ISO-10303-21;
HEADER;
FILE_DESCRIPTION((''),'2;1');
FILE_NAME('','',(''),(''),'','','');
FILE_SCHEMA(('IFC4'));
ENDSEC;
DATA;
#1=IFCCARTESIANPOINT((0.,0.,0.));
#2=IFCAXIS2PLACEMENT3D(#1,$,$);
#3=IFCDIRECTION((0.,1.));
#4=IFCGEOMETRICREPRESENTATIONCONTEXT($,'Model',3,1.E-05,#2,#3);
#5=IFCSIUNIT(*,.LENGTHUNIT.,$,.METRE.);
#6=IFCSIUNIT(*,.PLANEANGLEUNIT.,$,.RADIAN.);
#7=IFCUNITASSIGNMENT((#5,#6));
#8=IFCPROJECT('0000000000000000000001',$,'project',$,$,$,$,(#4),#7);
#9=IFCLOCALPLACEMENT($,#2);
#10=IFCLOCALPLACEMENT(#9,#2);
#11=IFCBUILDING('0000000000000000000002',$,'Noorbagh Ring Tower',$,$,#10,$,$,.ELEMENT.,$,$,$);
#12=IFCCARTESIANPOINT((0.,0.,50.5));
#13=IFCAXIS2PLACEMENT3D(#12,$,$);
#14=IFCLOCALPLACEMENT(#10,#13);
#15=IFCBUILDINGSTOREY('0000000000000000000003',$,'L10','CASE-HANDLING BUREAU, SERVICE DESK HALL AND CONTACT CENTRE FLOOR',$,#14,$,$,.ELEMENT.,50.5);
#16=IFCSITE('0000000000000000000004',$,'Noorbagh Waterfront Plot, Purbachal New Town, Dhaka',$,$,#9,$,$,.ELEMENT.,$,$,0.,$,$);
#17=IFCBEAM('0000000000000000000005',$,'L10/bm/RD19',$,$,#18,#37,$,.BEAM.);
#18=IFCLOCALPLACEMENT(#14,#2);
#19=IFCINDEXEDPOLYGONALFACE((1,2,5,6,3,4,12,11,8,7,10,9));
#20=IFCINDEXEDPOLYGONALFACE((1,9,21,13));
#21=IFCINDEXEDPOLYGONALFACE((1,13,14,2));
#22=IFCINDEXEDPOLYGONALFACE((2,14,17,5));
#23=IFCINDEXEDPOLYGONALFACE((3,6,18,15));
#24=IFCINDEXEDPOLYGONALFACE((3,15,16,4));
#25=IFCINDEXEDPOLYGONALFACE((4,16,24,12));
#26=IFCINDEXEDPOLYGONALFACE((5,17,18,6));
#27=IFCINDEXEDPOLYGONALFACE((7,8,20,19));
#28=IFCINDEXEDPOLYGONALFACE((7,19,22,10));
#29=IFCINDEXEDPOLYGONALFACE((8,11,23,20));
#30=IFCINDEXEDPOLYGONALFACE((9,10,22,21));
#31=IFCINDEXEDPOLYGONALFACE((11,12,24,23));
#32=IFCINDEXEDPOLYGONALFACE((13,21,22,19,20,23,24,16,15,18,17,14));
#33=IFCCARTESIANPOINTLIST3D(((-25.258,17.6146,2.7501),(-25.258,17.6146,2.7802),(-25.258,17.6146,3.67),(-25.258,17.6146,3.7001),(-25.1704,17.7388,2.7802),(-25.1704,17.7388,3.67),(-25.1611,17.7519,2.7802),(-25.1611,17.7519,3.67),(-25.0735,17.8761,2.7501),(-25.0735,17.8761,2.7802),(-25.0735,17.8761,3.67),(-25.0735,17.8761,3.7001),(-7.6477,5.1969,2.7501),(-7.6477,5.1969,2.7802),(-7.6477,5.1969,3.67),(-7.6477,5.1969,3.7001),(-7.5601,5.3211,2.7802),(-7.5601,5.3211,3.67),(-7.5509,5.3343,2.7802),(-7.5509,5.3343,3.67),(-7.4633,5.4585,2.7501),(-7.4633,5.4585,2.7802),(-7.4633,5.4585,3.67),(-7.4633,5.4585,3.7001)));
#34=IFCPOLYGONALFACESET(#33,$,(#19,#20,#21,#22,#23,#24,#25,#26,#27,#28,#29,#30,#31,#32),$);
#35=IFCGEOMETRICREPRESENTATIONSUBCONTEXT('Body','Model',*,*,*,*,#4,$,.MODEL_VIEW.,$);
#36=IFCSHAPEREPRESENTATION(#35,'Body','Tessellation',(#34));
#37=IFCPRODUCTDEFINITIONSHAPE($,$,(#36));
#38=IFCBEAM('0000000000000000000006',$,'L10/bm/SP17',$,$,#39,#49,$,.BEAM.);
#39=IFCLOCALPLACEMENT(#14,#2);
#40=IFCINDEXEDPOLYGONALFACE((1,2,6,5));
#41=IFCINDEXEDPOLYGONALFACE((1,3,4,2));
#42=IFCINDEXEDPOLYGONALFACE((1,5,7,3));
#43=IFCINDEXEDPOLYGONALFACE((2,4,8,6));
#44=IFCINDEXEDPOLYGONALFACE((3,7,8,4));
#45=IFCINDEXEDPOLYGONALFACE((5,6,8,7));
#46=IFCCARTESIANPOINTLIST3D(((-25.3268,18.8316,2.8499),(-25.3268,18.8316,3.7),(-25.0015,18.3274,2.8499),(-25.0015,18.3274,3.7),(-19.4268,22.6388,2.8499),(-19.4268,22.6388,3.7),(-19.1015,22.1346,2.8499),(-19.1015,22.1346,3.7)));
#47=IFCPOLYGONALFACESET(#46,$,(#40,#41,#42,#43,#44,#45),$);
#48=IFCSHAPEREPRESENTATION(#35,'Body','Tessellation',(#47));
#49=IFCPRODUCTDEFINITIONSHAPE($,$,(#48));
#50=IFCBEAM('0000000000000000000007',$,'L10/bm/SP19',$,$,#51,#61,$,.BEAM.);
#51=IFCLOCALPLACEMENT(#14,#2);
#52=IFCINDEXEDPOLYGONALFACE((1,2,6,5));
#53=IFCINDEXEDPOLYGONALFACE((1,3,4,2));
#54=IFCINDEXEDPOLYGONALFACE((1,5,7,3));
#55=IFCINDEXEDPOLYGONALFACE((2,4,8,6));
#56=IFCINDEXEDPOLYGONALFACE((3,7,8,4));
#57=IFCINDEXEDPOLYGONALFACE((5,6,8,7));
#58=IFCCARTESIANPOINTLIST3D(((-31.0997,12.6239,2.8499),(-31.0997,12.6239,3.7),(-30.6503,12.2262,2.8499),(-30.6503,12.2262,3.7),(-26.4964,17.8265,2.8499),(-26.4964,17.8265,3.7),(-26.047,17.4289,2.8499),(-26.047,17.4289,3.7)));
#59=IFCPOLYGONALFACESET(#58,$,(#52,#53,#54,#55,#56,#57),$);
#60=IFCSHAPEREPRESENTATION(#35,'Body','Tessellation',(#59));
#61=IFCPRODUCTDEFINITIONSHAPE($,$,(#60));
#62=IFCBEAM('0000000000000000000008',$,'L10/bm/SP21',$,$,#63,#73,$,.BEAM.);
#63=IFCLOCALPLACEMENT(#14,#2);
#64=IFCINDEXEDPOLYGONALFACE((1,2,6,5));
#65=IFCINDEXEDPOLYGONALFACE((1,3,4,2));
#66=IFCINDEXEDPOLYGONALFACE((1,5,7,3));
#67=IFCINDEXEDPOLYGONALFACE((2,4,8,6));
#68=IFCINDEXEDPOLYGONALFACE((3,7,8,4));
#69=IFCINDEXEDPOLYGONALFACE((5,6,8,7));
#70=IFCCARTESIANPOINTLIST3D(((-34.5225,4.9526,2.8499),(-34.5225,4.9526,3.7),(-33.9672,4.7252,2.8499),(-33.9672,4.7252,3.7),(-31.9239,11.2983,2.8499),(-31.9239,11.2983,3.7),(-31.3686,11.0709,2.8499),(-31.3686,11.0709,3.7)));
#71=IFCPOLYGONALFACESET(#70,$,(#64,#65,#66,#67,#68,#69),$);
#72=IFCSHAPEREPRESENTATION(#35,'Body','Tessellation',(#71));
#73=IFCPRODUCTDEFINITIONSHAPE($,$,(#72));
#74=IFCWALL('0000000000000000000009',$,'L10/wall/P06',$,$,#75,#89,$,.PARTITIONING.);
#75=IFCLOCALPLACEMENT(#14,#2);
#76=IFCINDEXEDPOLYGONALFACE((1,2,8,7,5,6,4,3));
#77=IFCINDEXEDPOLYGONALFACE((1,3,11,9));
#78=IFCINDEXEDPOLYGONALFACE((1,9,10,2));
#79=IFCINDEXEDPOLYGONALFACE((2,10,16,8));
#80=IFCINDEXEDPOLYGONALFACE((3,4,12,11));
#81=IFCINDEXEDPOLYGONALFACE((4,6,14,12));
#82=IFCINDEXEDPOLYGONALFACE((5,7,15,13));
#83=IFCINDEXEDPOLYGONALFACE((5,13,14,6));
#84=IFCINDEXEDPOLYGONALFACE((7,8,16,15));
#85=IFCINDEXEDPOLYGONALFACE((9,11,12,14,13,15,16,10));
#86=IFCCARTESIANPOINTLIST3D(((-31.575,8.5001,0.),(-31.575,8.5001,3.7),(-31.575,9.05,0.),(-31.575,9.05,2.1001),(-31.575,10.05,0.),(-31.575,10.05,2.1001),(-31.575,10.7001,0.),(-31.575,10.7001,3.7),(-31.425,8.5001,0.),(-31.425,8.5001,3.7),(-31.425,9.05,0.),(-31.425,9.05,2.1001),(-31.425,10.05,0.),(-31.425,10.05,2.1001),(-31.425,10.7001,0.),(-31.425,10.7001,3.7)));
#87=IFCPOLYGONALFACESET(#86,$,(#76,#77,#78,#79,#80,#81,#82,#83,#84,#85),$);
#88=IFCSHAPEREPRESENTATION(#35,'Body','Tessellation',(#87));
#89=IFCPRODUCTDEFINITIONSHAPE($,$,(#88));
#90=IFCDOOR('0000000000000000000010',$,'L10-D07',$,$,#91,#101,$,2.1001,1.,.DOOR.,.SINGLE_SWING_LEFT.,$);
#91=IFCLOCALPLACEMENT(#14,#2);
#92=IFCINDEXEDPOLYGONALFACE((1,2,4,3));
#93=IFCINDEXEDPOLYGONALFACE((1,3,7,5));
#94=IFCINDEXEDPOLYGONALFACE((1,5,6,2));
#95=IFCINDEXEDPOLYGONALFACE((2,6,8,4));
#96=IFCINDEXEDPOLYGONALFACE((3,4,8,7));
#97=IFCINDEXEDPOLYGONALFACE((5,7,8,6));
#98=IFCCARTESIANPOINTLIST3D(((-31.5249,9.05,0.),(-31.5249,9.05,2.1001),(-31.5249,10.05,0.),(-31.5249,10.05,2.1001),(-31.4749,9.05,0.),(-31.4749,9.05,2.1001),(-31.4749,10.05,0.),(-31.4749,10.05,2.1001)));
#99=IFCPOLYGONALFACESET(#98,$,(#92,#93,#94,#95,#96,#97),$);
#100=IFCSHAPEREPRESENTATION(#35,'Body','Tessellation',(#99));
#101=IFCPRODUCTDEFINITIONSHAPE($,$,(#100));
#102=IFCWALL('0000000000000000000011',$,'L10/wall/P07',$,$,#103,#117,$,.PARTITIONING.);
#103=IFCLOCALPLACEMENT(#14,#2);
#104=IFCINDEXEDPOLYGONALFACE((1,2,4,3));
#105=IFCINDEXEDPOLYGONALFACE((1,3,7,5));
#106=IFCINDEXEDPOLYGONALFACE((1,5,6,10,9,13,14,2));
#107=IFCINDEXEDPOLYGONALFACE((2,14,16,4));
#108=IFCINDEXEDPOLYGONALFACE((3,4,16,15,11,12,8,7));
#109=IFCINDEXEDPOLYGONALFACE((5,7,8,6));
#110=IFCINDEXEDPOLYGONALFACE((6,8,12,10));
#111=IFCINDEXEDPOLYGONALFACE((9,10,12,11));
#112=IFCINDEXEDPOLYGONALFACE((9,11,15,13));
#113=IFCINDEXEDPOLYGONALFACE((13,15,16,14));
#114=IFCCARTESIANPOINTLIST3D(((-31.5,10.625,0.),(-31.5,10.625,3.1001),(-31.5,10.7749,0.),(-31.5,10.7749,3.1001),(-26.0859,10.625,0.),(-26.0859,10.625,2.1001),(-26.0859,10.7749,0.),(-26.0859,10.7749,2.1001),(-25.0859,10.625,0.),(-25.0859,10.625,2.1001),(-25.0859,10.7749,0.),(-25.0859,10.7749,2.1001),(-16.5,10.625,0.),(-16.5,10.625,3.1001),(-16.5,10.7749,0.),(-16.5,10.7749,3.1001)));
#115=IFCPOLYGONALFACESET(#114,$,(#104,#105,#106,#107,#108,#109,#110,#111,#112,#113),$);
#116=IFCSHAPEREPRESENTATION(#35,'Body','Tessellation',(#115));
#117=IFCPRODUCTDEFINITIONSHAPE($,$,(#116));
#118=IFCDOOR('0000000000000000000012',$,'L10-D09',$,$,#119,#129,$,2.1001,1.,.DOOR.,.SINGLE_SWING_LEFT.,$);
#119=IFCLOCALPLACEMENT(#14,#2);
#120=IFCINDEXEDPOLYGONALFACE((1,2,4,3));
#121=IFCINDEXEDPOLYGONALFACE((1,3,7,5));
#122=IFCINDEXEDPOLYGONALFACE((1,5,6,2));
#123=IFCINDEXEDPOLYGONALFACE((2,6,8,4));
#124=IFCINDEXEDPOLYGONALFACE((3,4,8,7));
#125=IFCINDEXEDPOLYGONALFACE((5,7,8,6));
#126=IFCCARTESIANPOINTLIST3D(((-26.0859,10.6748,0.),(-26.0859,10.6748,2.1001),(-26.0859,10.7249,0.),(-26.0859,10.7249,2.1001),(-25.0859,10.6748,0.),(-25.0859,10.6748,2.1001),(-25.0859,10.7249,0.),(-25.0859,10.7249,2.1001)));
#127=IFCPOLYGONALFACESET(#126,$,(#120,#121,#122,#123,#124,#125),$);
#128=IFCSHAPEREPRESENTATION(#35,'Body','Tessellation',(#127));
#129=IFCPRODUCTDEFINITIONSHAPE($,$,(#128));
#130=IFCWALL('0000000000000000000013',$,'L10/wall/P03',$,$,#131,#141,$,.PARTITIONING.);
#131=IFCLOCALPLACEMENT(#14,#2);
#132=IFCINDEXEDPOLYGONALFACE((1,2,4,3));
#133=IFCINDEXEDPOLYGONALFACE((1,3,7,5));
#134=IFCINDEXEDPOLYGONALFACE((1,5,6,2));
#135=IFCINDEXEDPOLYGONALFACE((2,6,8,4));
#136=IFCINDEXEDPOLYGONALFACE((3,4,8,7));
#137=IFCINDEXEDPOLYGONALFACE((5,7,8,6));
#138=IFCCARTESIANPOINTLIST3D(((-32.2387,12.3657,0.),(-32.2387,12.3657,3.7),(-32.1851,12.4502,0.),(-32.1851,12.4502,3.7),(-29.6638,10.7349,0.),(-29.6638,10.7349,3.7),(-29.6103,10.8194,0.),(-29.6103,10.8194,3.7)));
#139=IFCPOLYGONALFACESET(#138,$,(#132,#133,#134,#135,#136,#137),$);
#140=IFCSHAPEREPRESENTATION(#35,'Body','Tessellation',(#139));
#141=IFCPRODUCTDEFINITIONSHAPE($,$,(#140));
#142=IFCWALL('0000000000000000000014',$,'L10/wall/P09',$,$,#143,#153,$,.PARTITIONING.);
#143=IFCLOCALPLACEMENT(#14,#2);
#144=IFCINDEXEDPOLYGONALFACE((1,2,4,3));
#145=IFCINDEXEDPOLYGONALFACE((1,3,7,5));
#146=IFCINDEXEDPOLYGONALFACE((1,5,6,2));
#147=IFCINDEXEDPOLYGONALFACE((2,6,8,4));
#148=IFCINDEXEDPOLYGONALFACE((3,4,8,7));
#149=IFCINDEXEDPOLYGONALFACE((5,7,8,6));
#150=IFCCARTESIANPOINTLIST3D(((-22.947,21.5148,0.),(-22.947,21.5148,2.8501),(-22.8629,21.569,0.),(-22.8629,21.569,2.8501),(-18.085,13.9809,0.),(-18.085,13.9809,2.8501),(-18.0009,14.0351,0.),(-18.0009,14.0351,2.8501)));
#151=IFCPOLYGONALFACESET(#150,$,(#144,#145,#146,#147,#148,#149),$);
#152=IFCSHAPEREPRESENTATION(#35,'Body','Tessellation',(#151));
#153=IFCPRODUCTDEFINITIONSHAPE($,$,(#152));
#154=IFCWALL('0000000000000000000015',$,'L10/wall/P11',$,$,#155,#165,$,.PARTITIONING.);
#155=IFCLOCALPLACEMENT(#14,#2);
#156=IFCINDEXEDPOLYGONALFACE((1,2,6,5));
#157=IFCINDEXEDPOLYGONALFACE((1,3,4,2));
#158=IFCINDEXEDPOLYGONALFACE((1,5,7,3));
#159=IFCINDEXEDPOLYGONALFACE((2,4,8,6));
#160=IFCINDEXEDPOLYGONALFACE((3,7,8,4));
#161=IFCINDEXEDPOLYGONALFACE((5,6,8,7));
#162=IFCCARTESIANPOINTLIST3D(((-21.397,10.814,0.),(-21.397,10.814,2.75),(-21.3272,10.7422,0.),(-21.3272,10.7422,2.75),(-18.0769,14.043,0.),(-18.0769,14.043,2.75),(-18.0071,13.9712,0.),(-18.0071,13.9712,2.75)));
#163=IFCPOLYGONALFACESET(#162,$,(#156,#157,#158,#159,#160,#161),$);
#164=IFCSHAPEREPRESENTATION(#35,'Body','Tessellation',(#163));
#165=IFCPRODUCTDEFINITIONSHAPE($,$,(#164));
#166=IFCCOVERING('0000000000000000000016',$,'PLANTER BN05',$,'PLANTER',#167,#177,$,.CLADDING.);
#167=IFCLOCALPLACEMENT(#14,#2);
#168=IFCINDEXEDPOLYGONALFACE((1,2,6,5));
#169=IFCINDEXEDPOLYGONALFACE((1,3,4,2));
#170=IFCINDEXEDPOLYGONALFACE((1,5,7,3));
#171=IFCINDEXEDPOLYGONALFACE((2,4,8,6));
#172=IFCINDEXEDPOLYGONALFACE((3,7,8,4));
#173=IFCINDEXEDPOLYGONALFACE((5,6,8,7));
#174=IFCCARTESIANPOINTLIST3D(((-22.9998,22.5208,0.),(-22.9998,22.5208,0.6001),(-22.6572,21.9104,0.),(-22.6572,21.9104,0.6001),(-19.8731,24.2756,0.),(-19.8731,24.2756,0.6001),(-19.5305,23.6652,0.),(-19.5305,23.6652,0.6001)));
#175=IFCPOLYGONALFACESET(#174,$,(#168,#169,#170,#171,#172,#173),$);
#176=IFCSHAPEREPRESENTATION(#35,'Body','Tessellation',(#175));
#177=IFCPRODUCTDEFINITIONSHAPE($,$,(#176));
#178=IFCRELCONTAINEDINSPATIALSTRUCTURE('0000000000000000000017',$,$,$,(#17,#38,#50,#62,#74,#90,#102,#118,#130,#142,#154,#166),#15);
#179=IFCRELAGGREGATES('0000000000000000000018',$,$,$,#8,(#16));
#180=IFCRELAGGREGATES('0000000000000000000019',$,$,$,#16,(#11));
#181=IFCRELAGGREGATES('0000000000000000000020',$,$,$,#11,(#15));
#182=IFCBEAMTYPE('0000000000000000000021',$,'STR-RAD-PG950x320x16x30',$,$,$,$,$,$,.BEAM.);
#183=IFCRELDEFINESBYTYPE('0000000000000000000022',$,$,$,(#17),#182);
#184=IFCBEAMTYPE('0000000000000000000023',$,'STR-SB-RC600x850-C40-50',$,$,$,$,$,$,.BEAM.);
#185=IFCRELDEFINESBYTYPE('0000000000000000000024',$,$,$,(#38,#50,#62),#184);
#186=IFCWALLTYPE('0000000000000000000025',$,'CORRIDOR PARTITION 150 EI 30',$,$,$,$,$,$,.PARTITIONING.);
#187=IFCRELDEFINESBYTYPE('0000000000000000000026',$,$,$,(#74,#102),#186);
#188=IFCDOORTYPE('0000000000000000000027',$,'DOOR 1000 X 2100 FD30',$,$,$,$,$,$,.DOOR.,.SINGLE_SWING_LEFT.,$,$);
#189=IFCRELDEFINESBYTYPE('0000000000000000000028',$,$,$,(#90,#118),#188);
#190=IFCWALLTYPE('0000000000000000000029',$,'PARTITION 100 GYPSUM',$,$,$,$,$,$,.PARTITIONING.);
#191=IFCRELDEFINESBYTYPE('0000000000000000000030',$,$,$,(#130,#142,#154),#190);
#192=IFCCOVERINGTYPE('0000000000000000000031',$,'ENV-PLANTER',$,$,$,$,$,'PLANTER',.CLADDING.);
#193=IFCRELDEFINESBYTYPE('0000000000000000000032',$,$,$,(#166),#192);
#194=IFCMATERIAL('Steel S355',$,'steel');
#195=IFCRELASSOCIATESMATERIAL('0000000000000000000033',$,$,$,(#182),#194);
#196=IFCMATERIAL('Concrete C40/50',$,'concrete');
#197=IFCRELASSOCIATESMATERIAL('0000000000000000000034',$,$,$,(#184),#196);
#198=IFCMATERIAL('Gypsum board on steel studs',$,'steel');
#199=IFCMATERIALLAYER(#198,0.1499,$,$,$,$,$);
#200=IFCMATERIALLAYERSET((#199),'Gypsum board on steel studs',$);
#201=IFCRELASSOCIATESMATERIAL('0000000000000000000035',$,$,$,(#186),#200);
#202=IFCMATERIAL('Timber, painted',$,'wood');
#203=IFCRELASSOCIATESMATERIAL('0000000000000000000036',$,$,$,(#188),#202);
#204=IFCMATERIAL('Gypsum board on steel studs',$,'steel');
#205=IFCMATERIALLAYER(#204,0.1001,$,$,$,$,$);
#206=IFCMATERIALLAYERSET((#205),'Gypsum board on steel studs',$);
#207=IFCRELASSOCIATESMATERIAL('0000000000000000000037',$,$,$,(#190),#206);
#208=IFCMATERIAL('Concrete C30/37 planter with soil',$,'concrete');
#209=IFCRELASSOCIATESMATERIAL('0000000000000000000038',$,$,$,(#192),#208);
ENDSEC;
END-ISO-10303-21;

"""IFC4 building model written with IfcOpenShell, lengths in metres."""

from ifc_helpers import new_model, si_unit, direction, frame, frame_2d, origin, origin_2d, place, context, subcontext, project, spatial, rectangle, i_section, extrude, material, layer, layer_set, material_profile, profile_set, type_object, element, fill, save


model = new_model("IFC4")

# Units and contexts
model_context = context("Model", 3, precision=1e-05, world=origin(), true_north=direction((0.0, 1.0)))
body_context = subcontext(model_context, "Body", "Model", "MODEL_VIEW")
ifc_project = project(units=[si_unit("LENGTHUNIT", "METRE"), si_unit("PLANEANGLEUNIT", "RADIAN")], contexts=[model_context])

# Site, building, storey
site_placement = place(None, origin())
site = spatial("IfcSite", under=ifc_project, at=site_placement, Name="Noorbagh Waterfront Plot, Purbachal New Town, Dhaka", CompositionType="ELEMENT", RefElevation=0.0)
building_placement = place(site_placement, origin())
building = spatial("IfcBuilding", under=site, at=building_placement, Name="Noorbagh Ring Tower", CompositionType="ELEMENT")
storey_placement = place(building_placement, frame((0.0, 0.0, 50.5)))
storey = spatial("IfcBuildingStorey", under=building, at=storey_placement, Name="L10", Description="CASE-HANDLING BUREAU, SERVICE DESK HALL AND CONTACT CENTRE FLOOR", CompositionType="ELEMENT", Elevation=50.5)

# Beams
ifc_material_1 = material(Name="Steel S355", Category="steel")
ifc_material_profile_1 = material_profile(ifc_material_1, i_section(OverallWidth=0.3201, OverallDepth=0.95, WebThickness=0.0161, FlangeThickness=0.03, at=origin_2d()), Name="PG950x320x16x30")
ifc_profile_set_1 = profile_set([ifc_material_profile_1], Name="Steel S355")
beam_type_1 = type_object("IfcBeamType", Name="STR-RAD-PG950x320x16x30", PredefinedType="BEAM", material=ifc_profile_set_1)
beam_1_placement = place(storey_placement, frame((-25.1658, 17.7454, 3.2251), z_axis=(0.817254, -0.576277, 0.0), x_axis=(0.576277, 0.817254, 0.0)))
element("IfcBeam", 1, at=beam_1_placement, inside=storey, type_object=beam_type_1, Name="L10/bm/RD19", PredefinedType="BEAM", context=body_context, shape_type="SweptSolid", body=[
    extrude(i_section(OverallWidth=0.3201, OverallDepth=0.95, WebThickness=0.0161, FlangeThickness=0.03, at=origin_2d()), origin(), (0.0, 0.0, 1.0), 21.5481),
])
ifc_material_2 = material(Name="Concrete C40/50", Category="concrete")
ifc_material_profile_2 = material_profile(ifc_material_2, rectangle(XDim=0.6001, YDim=0.8501, at=origin_2d()), Name="RC600x850")
ifc_profile_set_2 = profile_set([ifc_material_profile_2], Name="Concrete C40/50")
beam_type_2 = type_object("IfcBeamType", Name="STR-SB-RC600x850-C40-50", PredefinedType="BEAM", material=ifc_profile_set_2)
beam_2_placement = place(storey_placement, frame((-19.2642, 22.3867, 3.2749), z_axis=(-0.840249, -0.542201, 0.0), x_axis=(0.542201, -0.840249, 0.0)))
element("IfcBeam", 2, at=beam_2_placement, inside=storey, type_object=beam_type_2, Name="L10/bm/SP17", PredefinedType="BEAM", context=body_context, shape_type="SweptSolid", body=[
    extrude(rectangle(XDim=0.6001, YDim=0.8501, at=origin_2d()), origin(), (0.0, 0.0, 1.0), 7.0217),
])
beam_3_placement = place(storey_placement, frame((-26.2717, 17.6277, 3.2749), z_axis=(-0.66265, -0.748929, 0.0), x_axis=(0.748929, -0.66265, 0.0)))
element("IfcBeam", 3, at=beam_3_placement, inside=storey, type_object=beam_type_2, Name="L10/bm/SP19", PredefinedType="BEAM", context=body_context, shape_type="SweptSolid", body=[
    extrude(rectangle(XDim=0.6001, YDim=0.8501, at=origin_2d()), origin(), (0.0, 0.0, 1.0), 6.9468),
])
beam_4_placement = place(storey_placement, frame((-31.6462, 11.1846, 3.2749), z_axis=(-0.378966, -0.925411, 0.0), x_axis=(0.925411, -0.378966, 0.0)))
element("IfcBeam", 4, at=beam_4_placement, inside=storey, type_object=beam_type_2, Name="L10/bm/SP21", PredefinedType="BEAM", context=body_context, shape_type="SweptSolid", body=[
    extrude(rectangle(XDim=0.6001, YDim=0.8501, at=origin_2d()), origin(), (0.0, 0.0, 1.0), 6.8572),
])

# Walls, openings, doors
ifc_material_3 = material(Name="Gypsum board on steel studs", Category="steel")
ifc_layer_1 = layer(ifc_material_3, 0.1499)
ifc_layer_set_1 = layer_set([ifc_layer_1], Name="Gypsum board on steel studs")
wall_type_1 = type_object("IfcWallType", Name="CORRIDOR PARTITION 150 EI 30", PredefinedType="PARTITIONING", material=ifc_layer_set_1)
wall_1_placement = place(storey_placement, frame((-31.5, 8.5, 0.0), z_axis=(0.0, 0.0, 1.0), x_axis=(0.0, 1.0, 0.0)))
wall_1 = element("IfcWall", 5, at=wall_1_placement, inside=storey, type_object=wall_type_1, Name="L10/wall/P06", PredefinedType="PARTITIONING", context=body_context, shape_type="SweptSolid", body=[
    extrude(rectangle(XDim=2.2, YDim=0.1499, at=frame_2d((1.1001, 0.0))), origin(), (0.0, 0.0, 1.0), 3.7),
])
opening_1_placement = place(wall_1_placement, frame((0.55, 0.0, 0.0)))
opening_1 = element("IfcOpeningElement", 6, at=opening_1_placement, cuts=wall_1, PredefinedType="OPENING", context=body_context, shape_type="SweptSolid", body=[
    extrude(rectangle(XDim=1.0, YDim=2.1001, at=frame_2d((0.5, 1.05))), frame((0.0, 0.085, 0.0), z_axis=(0.0, -1.0, 0.0), x_axis=(1.0, 0.0, 0.0)), (0.0, 0.0, 1.0), 0.1699),
])
ifc_material_4 = material(Name="Timber, painted", Category="wood")
door_type = type_object("IfcDoorType", Name="DOOR 1000 X 2100 FD30", OperationType="SINGLE_SWING_LEFT", PredefinedType="DOOR", material=ifc_material_4)
door_1_placement = place(opening_1_placement, origin())
door_1 = element("IfcDoor", 7, at=door_1_placement, inside=storey, type_object=door_type, Name="L10-D07", OperationType="SINGLE_SWING_LEFT", OverallHeight=2.1001, OverallWidth=1.0, PredefinedType="DOOR", context=body_context, shape_type="SweptSolid", body=[
    extrude(rectangle(XDim=1.0, YDim=2.1001, at=frame_2d((0.5, 1.05))), frame((0.0, 0.0249, 0.0), z_axis=(0.0, -1.0, 0.0), x_axis=(1.0, 0.0, 0.0)), (0.0, 0.0, 1.0), 0.05),
])
fill(opening_1, door_1)
wall_2_placement = place(storey_placement, frame((-31.5, 10.7, 0.0), z_axis=(0.0, 0.0, 1.0), x_axis=(1.0, 0.0, 0.0)))
wall_2 = element("IfcWall", 8, at=wall_2_placement, inside=storey, type_object=wall_type_1, Name="L10/wall/P07", PredefinedType="PARTITIONING", context=body_context, shape_type="SweptSolid", body=[
    extrude(rectangle(XDim=15.0, YDim=0.1499, at=frame_2d((7.5, 0.0))), origin(), (0.0, 0.0, 1.0), 3.1001),
])
opening_2_placement = place(wall_2_placement, frame((5.4141, 0.0, 0.0)))
opening_2 = element("IfcOpeningElement", 9, at=opening_2_placement, cuts=wall_2, PredefinedType="OPENING", context=body_context, shape_type="SweptSolid", body=[
    extrude(rectangle(XDim=1.0, YDim=2.1001, at=frame_2d((0.5, 1.05))), frame((0.0, 0.085, 0.0), z_axis=(0.0, -1.0, 0.0), x_axis=(1.0, 0.0, 0.0)), (0.0, 0.0, 1.0), 0.1699),
])
door_2_placement = place(opening_2_placement, origin())
door_2 = element("IfcDoor", 10, at=door_2_placement, inside=storey, type_object=door_type, Name="L10-D09", OperationType="SINGLE_SWING_LEFT", OverallHeight=2.1001, OverallWidth=1.0, PredefinedType="DOOR", context=body_context, shape_type="SweptSolid", body=[
    extrude(rectangle(XDim=1.0, YDim=2.1001, at=frame_2d((0.5, 1.05))), frame((0.0, 0.0249, 0.0), z_axis=(0.0, -1.0, 0.0), x_axis=(1.0, 0.0, 0.0)), (0.0, 0.0, 1.0), 0.05),
])
fill(opening_2, door_2)

# Walls
ifc_material_5 = material(Name="Gypsum board on steel studs", Category="steel")
ifc_layer_2 = layer(ifc_material_5, 0.1001)
ifc_layer_set_2 = layer_set([ifc_layer_2], Name="Gypsum board on steel studs")
wall_type_2 = type_object("IfcWallType", Name="PARTITION 100 GYPSUM", PredefinedType="PARTITIONING", material=ifc_layer_set_2)
wall_3_placement = place(storey_placement, frame((-32.2119, 12.408, 0.0), z_axis=(0.0, 0.0, 1.0), x_axis=(0.844811, -0.535065, 0.0)))
element("IfcWall", 11, at=wall_3_placement, inside=storey, type_object=wall_type_2, Name="L10/wall/P03", PredefinedType="PARTITIONING", context=body_context, shape_type="SweptSolid", body=[
    extrude(rectangle(XDim=3.0479, YDim=0.1001, at=frame_2d((1.5239, 0.0))), origin(), (0.0, 0.0, 1.0), 3.7),
])
wall_4_placement = place(storey_placement, frame((-22.905, 21.542, 0.0), z_axis=(0.0, 0.0, 1.0), x_axis=(0.542242, -0.840223, 0.0)))
element("IfcWall", 12, at=wall_4_placement, inside=storey, type_object=wall_type_2, Name="L10/wall/P09", PredefinedType="PARTITIONING", context=body_context, shape_type="SweptSolid", body=[
    extrude(rectangle(XDim=8.9666, YDim=0.1001, at=frame_2d((4.4834, 0.0))), origin(), (0.0, 0.0, 1.0), 2.8501),
])
wall_5_placement = place(storey_placement, frame((-21.3621, 10.7781, 0.0), z_axis=(0.0, 0.0, 1.0), x_axis=(0.71687, 0.697207, 0.0)))
element("IfcWall", 13, at=wall_5_placement, inside=storey, type_object=wall_type_2, Name="L10/wall/P11", PredefinedType="PARTITIONING", context=body_context, shape_type="SweptSolid", body=[
    extrude(rectangle(XDim=4.6313, YDim=0.1001, at=frame_2d((2.3157, 0.0))), origin(), (0.0, 0.0, 1.0), 2.75),
])

# Covering
ifc_material_6 = material(Name="Concrete C30/37 planter with soil", Category="concrete")
covering_type = type_object("IfcCoveringType", Name="ENV-PLANTER", ElementType="PLANTER", PredefinedType="CLADDING", material=ifc_material_6)
covering_placement = place(storey_placement, frame((-21.2651, 23.093, 0.0), z_axis=(0.0, 0.0, 1.0), x_axis=(-0.872045, -0.489426, 0.0)))
element("IfcCovering", 14, at=covering_placement, inside=storey, type_object=covering_type, Name="PLANTER BN05", ObjectType="PLANTER", PredefinedType="CLADDING", context=body_context, shape_type="SweptSolid", body=[
    extrude(rectangle(XDim=3.5854, YDim=0.7, at=origin_2d()), origin(), (0.0, 0.0, 1.0), 0.6001),
])

save(model, "model.ifc")
